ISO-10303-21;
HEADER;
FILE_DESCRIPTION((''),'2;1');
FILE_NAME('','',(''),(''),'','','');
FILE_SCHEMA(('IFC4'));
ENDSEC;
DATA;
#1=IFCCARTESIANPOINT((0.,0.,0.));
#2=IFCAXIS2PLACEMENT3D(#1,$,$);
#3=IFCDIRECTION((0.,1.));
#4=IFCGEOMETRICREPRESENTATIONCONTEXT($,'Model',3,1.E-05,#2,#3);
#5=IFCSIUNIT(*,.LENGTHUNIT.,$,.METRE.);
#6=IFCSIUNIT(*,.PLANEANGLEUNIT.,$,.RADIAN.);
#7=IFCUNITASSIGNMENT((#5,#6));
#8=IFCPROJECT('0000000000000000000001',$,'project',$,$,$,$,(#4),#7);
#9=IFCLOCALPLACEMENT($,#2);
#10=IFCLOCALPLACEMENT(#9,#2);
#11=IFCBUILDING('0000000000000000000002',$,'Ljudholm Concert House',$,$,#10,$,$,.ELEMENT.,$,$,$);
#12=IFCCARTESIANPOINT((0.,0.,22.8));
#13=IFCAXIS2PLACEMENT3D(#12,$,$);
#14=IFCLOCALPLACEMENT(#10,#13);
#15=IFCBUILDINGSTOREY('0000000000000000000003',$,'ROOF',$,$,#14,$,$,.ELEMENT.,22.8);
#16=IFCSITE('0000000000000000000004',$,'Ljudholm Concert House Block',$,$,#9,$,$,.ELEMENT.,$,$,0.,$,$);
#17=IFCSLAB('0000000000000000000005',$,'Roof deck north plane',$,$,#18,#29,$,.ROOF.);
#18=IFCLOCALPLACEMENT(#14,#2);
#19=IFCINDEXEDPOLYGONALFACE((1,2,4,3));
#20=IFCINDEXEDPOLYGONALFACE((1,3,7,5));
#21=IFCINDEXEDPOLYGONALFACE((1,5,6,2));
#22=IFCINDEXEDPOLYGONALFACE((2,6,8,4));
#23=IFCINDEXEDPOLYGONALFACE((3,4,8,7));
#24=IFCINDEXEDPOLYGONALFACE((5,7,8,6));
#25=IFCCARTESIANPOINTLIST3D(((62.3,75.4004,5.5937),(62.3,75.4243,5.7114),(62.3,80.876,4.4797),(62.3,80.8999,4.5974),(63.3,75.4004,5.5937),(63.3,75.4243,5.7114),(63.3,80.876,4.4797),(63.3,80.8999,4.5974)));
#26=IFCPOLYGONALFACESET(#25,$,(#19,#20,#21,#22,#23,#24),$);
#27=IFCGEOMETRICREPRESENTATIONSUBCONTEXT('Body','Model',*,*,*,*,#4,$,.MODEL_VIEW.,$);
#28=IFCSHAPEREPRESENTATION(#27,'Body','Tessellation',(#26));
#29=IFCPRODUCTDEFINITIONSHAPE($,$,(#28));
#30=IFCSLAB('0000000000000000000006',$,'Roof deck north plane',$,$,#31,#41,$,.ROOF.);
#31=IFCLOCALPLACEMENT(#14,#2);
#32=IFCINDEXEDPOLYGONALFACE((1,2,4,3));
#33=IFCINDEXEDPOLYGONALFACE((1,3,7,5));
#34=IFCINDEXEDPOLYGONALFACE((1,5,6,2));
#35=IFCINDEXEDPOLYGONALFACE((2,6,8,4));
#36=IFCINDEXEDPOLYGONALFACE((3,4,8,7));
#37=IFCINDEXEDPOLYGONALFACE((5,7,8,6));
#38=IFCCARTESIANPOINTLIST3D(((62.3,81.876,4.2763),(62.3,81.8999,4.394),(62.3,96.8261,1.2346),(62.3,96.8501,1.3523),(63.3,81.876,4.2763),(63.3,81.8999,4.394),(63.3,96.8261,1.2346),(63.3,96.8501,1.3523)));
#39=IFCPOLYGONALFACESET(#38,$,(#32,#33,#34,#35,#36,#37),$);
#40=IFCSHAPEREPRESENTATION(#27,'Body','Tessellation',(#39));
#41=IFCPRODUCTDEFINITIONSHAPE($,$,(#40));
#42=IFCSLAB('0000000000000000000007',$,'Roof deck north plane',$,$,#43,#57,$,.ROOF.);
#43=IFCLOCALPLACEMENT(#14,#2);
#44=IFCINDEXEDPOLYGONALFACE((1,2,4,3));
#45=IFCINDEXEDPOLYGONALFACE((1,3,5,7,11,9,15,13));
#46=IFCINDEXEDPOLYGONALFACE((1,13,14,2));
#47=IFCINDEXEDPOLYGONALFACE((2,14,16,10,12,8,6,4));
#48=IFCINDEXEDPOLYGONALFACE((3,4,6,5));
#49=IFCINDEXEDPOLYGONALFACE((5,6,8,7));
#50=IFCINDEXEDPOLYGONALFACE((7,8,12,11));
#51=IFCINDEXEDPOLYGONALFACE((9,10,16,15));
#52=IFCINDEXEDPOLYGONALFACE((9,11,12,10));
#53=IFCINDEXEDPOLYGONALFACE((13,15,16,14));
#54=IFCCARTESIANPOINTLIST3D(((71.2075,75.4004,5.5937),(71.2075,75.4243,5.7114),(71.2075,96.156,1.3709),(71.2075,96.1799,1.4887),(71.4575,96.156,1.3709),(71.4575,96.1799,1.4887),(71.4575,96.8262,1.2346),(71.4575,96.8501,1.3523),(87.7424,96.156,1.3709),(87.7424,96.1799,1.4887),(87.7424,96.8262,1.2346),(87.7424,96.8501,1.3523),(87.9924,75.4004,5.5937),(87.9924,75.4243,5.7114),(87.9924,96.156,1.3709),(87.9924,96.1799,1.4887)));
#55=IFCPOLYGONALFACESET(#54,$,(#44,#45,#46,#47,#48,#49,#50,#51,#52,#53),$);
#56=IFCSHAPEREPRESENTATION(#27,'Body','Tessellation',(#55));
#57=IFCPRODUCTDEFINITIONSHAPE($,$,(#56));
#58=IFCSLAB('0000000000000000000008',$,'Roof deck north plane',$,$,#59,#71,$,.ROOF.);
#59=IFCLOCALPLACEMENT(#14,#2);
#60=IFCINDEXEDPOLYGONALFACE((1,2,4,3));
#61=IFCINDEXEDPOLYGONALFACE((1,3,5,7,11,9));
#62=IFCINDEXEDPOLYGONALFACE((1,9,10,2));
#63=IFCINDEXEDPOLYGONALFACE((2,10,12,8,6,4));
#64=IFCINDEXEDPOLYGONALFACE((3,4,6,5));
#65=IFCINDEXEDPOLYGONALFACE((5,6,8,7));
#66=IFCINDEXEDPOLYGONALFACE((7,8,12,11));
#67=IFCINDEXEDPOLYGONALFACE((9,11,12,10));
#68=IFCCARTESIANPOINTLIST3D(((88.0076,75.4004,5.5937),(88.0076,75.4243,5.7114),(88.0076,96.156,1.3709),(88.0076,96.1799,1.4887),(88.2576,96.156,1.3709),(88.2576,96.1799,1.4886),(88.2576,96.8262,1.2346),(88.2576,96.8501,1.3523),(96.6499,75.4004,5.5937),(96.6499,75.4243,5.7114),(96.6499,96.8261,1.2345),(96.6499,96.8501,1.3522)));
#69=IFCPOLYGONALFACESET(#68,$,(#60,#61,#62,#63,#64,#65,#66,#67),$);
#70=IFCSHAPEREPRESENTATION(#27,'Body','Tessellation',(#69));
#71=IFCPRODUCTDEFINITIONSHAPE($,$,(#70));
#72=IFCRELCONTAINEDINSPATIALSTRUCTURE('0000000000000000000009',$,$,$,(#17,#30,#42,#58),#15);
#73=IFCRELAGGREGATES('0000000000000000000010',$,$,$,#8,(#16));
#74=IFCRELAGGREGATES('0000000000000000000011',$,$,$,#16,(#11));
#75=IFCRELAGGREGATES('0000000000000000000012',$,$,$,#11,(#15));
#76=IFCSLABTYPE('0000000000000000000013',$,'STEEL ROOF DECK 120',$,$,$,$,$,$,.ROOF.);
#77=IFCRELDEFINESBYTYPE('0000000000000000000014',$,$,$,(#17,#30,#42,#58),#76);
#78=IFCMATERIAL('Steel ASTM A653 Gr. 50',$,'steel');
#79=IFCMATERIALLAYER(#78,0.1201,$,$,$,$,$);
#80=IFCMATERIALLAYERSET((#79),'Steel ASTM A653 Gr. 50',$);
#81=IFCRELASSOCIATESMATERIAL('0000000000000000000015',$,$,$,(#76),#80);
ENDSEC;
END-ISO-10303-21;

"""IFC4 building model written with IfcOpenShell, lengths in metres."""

from ifc_helpers import new_model, si_unit, direction, frame, origin, place, context, subcontext, project, spatial, polyline, outline, extrude, material, layer, layer_set, type_object, element, save


model = new_model("IFC4")

# Units and contexts
model_context = context("Model", 3, precision=1e-05, world=origin(), true_north=direction((0.0, 1.0)))
body_context = subcontext(model_context, "Body", "Model", "MODEL_VIEW")
ifc_project = project(units=[si_unit("LENGTHUNIT", "METRE"), si_unit("PLANEANGLEUNIT", "RADIAN")], contexts=[model_context])

# Site, building, storey
site_placement = place(None, origin())
site = spatial("IfcSite", under=ifc_project, at=site_placement, Name="Ljudholm Concert House Block", CompositionType="ELEMENT", RefElevation=0.0)
building_placement = place(site_placement, origin())
building = spatial("IfcBuilding", under=site, at=building_placement, Name="Ljudholm Concert House", CompositionType="ELEMENT")
storey_placement = place(building_placement, frame((0.0, 0.0, 22.8)))
storey = spatial("IfcBuildingStorey", under=building, at=storey_placement, Name="ROOF", CompositionType="ELEMENT", Elevation=22.8)

# Slabs
ifc_material_1 = material(Name="Steel ASTM A653 Gr. 50", Category="steel")
ifc_layer = layer(ifc_material_1, 0.1201)
ifc_layer_set = layer_set([ifc_layer], Name="Steel ASTM A653 Gr. 50")
slab_type = type_object("IfcSlabType", Name="STEEL ROOF DECK 120", PredefinedType="ROOF", material=ifc_layer_set)
slab_1_placement = place(storey_placement, frame((62.3, 75.4243, 5.7114), z_axis=(0.0, 0.199367, 0.979925), x_axis=(0.0, 0.979925, -0.199367)))
element("IfcSlab", 1, at=slab_1_placement, inside=storey, type_object=slab_type, Name="Roof deck north plane", PredefinedType="ROOF", context=body_context, shape_type="SweptSolid", body=[
    extrude(outline(polyline([(0.0, 0.0), (5.5878, 0.0), (5.5878, -1.0), (0.0, -1.0), (0.0, 0.0)])), origin(), (0.0, 0.0, -1.0), 0.1201),
])
slab_2_placement = place(storey_placement, frame((63.3, 96.8501, 1.3523), z_axis=(0.0, 0.199374, 0.979923), x_axis=(0.0, -0.979923, 0.199374)))
element("IfcSlab", 2, at=slab_2_placement, inside=storey, type_object=slab_type, Name="Roof deck north plane", PredefinedType="ROOF", context=body_context, shape_type="SweptSolid", body=[
    extrude(outline(polyline([(0.0, 0.0), (15.2565, 0.0), (15.2565, -1.0), (0.0, -1.0), (0.0, 0.0)])), origin(), (0.0, 0.0, -1.0), 0.1201),
])
slab_3_placement = place(storey_placement, frame((71.2075, 75.4243, 5.7114), z_axis=(0.0, 0.199368, 0.979925), x_axis=(1.0, 0.0, 0.0)))
element("IfcSlab", 3, at=slab_3_placement, inside=storey, type_object=slab_type, Name="Roof deck north plane", PredefinedType="ROOF", context=body_context, shape_type="SweptSolid", body=[
    extrude(outline(polyline([(0.0, 0.0), (16.7849, 0.0), (16.7849, 21.1808), (16.5349, 21.1808), (16.5349, 21.8647), (0.25, 21.8647), (0.25, 21.1808), (0.0, 21.1808), (0.0, 0.0)])), origin(), (0.0, 0.0, -1.0), 0.1201),
])
slab_4_placement = place(storey_placement, frame((88.0076, 75.4243, 5.7114), z_axis=(0.000007, 0.199368, 0.979925), x_axis=(1.0, -0.000001, -0.000007)))
element("IfcSlab", 4, at=slab_4_placement, inside=storey, type_object=slab_type, Name="Roof deck north plane", PredefinedType="ROOF", context=body_context, shape_type="SweptSolid", body=[
    extrude(outline(polyline([(0.0, 0.0), (8.6423, 0.0), (8.6423, 21.8647), (0.25, 21.8647), (0.25, 21.1808), (0.0, 21.1808), (0.0, 0.0)])), origin(), (0.0, 0.0, -1.0), 0.1201),
])

save(model, "model.ifc")
